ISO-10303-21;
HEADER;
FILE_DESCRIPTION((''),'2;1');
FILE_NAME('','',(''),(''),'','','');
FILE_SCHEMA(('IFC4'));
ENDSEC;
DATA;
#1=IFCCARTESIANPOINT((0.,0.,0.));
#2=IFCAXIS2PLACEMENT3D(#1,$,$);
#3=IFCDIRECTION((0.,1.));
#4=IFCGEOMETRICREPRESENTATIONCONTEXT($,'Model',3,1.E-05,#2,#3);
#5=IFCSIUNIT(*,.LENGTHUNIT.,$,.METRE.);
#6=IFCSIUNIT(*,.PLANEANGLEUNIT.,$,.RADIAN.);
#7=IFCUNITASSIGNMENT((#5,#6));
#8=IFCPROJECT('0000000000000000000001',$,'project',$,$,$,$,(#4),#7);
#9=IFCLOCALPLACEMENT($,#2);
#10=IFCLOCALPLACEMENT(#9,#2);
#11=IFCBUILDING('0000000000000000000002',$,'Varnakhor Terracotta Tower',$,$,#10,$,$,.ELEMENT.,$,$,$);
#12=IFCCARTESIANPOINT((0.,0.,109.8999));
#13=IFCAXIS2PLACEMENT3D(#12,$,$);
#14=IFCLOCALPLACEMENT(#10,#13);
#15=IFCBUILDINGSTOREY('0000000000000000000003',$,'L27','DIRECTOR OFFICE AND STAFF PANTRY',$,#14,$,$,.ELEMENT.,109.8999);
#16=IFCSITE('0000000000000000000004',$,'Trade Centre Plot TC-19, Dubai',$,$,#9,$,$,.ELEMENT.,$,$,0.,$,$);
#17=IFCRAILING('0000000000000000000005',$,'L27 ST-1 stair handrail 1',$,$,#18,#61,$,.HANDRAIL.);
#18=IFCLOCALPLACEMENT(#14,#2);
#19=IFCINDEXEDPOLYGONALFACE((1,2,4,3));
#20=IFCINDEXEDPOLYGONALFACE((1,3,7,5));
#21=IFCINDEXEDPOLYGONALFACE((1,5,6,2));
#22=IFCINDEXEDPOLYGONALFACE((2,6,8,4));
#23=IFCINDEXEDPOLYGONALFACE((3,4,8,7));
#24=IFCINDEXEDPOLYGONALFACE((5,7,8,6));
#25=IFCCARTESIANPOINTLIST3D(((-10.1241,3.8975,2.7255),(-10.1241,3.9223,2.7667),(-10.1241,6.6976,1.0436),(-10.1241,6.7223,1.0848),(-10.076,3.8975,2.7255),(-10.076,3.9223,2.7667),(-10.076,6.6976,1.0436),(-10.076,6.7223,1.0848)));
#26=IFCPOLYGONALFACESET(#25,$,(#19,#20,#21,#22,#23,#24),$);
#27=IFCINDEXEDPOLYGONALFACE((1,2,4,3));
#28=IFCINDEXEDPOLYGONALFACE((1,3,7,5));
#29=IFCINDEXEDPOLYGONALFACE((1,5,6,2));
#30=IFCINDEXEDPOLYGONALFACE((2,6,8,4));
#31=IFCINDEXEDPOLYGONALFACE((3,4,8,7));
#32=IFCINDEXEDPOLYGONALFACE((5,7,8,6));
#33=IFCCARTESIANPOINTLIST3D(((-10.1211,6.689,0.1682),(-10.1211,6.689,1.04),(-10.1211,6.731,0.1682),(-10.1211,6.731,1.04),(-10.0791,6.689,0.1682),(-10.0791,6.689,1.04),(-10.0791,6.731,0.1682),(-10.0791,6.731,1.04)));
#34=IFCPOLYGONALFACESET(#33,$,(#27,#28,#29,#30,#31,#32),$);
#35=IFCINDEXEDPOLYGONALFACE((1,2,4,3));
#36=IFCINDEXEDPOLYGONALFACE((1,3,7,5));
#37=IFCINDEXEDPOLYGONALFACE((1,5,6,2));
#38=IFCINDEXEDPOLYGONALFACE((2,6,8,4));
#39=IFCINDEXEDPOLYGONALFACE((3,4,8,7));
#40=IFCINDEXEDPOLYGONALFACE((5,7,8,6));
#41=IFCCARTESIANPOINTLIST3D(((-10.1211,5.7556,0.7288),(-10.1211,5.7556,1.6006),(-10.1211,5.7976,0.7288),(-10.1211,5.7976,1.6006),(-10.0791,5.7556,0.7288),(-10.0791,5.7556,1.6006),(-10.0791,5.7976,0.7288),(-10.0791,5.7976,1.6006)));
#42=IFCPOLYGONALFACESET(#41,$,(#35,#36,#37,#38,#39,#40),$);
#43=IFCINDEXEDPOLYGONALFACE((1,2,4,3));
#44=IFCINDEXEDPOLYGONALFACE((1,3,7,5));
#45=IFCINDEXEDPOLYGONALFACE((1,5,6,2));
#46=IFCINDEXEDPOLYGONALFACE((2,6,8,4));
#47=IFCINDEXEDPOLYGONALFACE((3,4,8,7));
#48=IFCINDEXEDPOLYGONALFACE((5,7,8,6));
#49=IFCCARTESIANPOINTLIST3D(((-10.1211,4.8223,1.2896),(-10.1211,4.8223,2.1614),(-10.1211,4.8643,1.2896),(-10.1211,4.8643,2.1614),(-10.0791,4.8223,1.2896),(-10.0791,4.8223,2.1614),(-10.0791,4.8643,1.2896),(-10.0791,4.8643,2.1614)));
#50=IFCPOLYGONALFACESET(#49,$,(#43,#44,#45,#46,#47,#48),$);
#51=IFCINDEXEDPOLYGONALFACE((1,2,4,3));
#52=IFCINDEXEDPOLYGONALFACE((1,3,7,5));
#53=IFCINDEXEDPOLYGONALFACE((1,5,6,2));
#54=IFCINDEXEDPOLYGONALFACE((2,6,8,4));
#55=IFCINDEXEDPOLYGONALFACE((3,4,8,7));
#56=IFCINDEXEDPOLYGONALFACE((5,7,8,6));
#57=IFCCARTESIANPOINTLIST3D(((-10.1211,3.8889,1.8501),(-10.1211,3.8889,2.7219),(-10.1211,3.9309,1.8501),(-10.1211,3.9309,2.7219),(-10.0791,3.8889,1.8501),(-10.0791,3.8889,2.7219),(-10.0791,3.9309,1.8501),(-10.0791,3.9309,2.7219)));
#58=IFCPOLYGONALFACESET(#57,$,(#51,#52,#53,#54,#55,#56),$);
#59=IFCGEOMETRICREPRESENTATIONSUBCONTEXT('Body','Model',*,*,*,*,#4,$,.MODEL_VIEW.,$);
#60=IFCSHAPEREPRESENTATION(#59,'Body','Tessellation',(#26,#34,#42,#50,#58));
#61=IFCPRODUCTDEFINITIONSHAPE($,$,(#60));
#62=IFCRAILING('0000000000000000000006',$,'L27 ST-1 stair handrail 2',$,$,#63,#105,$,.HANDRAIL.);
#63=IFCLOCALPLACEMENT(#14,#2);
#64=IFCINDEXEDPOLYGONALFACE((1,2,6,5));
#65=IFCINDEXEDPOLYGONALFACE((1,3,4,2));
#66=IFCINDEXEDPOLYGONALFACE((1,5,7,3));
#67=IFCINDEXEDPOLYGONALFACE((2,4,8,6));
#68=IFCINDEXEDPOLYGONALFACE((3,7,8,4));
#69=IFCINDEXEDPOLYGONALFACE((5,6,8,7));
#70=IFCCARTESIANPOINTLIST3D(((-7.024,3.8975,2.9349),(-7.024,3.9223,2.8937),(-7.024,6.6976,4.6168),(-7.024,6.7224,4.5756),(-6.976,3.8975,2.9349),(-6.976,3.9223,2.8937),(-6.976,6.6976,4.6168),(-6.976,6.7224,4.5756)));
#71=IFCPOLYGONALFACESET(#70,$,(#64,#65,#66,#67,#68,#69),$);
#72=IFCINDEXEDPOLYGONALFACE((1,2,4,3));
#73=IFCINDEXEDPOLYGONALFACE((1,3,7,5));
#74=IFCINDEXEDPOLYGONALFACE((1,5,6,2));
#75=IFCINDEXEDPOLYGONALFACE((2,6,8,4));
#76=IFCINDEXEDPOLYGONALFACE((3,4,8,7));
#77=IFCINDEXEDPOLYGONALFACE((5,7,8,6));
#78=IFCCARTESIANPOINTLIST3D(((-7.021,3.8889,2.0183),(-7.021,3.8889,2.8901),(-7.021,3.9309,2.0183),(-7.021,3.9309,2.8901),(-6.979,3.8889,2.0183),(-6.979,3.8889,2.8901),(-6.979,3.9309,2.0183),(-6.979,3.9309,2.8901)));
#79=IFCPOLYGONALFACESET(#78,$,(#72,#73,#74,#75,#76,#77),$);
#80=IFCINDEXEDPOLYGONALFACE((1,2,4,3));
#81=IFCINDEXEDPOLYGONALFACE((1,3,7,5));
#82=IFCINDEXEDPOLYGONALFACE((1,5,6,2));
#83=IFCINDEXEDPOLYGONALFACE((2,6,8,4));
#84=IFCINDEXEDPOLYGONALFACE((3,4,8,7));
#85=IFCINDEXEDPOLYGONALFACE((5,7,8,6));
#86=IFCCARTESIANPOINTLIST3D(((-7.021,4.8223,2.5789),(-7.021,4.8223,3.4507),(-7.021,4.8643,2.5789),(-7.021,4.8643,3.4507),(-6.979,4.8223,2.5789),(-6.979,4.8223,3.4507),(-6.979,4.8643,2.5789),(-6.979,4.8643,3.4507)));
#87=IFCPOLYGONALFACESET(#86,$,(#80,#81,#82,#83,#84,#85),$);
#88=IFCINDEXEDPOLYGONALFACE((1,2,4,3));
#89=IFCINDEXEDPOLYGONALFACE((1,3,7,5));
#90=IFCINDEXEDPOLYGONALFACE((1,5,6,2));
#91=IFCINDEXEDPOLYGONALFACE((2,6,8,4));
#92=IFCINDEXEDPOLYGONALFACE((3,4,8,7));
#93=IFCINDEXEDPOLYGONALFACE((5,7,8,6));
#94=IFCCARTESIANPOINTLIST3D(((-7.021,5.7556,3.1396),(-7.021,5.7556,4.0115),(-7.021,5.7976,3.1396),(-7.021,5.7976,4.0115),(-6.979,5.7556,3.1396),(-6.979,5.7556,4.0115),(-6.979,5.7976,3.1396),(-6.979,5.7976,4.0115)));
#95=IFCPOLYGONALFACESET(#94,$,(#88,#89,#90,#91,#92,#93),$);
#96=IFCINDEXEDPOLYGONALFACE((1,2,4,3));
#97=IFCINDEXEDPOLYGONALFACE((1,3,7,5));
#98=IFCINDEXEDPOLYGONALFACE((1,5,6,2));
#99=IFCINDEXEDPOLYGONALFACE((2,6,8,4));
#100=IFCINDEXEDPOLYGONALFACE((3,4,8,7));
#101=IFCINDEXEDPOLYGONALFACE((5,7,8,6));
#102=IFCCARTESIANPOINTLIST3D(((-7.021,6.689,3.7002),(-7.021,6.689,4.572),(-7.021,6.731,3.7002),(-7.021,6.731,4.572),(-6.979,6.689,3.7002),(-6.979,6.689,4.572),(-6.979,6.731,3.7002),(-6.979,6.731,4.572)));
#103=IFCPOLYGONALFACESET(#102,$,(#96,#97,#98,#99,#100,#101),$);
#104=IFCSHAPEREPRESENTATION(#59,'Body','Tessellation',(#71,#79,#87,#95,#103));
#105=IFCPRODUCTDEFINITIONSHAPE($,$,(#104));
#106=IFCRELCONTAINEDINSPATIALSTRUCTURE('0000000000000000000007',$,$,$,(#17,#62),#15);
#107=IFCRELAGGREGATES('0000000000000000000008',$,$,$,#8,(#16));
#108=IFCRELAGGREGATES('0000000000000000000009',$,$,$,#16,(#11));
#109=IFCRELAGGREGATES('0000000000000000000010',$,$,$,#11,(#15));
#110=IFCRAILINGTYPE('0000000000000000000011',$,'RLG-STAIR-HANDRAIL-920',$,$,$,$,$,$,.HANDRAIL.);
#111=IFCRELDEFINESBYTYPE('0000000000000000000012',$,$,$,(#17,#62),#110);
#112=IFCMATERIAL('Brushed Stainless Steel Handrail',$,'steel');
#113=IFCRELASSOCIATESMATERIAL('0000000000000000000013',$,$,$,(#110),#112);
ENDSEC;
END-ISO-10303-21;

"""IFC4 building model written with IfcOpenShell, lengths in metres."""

from ifc_helpers import new_model, si_unit, direction, frame, origin, origin_2d, place, context, subcontext, project, spatial, rectangle, extrude, material, type_object, element, save


model = new_model("IFC4")

# Units and contexts
model_context = context("Model", 3, precision=1e-05, world=origin(), true_north=direction((0.0, 1.0)))
body_context = subcontext(model_context, "Body", "Model", "MODEL_VIEW")
ifc_project = project(units=[si_unit("LENGTHUNIT", "METRE"), si_unit("PLANEANGLEUNIT", "RADIAN")], contexts=[model_context])

# Site, building, storey
site_placement = place(None, origin())
site = spatial("IfcSite", under=ifc_project, at=site_placement, Name="Trade Centre Plot TC-19, Dubai", CompositionType="ELEMENT", RefElevation=0.0)
building_placement = place(site_placement, origin())
building = spatial("IfcBuilding", under=site, at=building_placement, Name="Varnakhor Terracotta Tower", CompositionType="ELEMENT")
storey_placement = place(building_placement, frame((0.0, 0.0, 109.8999)))
storey = spatial("IfcBuildingStorey", under=building, at=storey_placement, Name="L27", Description="DIRECTOR OFFICE AND STAFF PANTRY", CompositionType="ELEMENT", Elevation=109.8999)

# Railings
ifc_material_1 = material(Name="Brushed Stainless Steel Handrail", Category="steel")
railing_type_1 = type_object("IfcRailingType", Name="RLG-STAIR-HANDRAIL-920", PredefinedType="HANDRAIL", material=ifc_material_1)
railing_1_placement = place(storey_placement, frame((-10.1001, 6.71, 0.1682)))
element("IfcRailing", 1, at=railing_1_placement, inside=storey, type_object=railing_type_1, Name="L27 ST-1 stair handrail 1", PredefinedType="HANDRAIL", context=body_context, shape_type="SweptSolid", body=[
    extrude(rectangle(XDim=0.0481, YDim=0.0481, at=origin_2d()), frame((0.0, 0.0, 0.896), z_axis=(0.0, -0.857242, 0.514913), x_axis=(1.0, 0.0, 0.0)), (0.0, 0.0, 1.0), 3.2664),
    extrude(rectangle(XDim=0.042, YDim=0.042, at=origin_2d()), origin(), (0.0, 0.0, 1.0), 0.8718),
    extrude(rectangle(XDim=0.042, YDim=0.042, at=origin_2d()), frame((0.0, -0.9333, 0.5605)), (0.0, 0.0, 1.0), 0.8718),
    extrude(rectangle(XDim=0.042, YDim=0.042, at=origin_2d()), frame((0.0, -1.8667, 1.1213)), (0.0, 0.0, 1.0), 0.8718),
    extrude(rectangle(XDim=0.042, YDim=0.042, at=origin_2d()), frame((0.0, -2.8, 1.6819)), (0.0, 0.0, 1.0), 0.8718),
])
railing_2_placement = place(storey_placement, frame((-7.0, 3.9099, 2.0183)))
element("IfcRailing", 2, at=railing_2_placement, inside=storey, type_object=railing_type_1, Name="L27 ST-1 stair handrail 2", PredefinedType="HANDRAIL", context=body_context, shape_type="SweptSolid", body=[
    extrude(rectangle(XDim=0.0481, YDim=0.0481, at=origin_2d()), frame((0.0, 0.0, 0.896), z_axis=(0.0, 0.857242, 0.514913), x_axis=(-1.0, 0.0, 0.0)), (0.0, 0.0, 1.0), 3.2664),
    extrude(rectangle(XDim=0.042, YDim=0.042, at=origin_2d()), origin(), (0.0, 0.0, 1.0), 0.8718),
    extrude(rectangle(XDim=0.042, YDim=0.042, at=origin_2d()), frame((0.0, 0.9333, 0.5605)), (0.0, 0.0, 1.0), 0.8718),
    extrude(rectangle(XDim=0.042, YDim=0.042, at=origin_2d()), frame((0.0, 1.8667, 1.1213)), (0.0, 0.0, 1.0), 0.8718),
    extrude(rectangle(XDim=0.042, YDim=0.042, at=origin_2d()), frame((0.0, 2.8, 1.6819)), (0.0, 0.0, 1.0), 0.8718),
])

save(model, "model.ifc")
